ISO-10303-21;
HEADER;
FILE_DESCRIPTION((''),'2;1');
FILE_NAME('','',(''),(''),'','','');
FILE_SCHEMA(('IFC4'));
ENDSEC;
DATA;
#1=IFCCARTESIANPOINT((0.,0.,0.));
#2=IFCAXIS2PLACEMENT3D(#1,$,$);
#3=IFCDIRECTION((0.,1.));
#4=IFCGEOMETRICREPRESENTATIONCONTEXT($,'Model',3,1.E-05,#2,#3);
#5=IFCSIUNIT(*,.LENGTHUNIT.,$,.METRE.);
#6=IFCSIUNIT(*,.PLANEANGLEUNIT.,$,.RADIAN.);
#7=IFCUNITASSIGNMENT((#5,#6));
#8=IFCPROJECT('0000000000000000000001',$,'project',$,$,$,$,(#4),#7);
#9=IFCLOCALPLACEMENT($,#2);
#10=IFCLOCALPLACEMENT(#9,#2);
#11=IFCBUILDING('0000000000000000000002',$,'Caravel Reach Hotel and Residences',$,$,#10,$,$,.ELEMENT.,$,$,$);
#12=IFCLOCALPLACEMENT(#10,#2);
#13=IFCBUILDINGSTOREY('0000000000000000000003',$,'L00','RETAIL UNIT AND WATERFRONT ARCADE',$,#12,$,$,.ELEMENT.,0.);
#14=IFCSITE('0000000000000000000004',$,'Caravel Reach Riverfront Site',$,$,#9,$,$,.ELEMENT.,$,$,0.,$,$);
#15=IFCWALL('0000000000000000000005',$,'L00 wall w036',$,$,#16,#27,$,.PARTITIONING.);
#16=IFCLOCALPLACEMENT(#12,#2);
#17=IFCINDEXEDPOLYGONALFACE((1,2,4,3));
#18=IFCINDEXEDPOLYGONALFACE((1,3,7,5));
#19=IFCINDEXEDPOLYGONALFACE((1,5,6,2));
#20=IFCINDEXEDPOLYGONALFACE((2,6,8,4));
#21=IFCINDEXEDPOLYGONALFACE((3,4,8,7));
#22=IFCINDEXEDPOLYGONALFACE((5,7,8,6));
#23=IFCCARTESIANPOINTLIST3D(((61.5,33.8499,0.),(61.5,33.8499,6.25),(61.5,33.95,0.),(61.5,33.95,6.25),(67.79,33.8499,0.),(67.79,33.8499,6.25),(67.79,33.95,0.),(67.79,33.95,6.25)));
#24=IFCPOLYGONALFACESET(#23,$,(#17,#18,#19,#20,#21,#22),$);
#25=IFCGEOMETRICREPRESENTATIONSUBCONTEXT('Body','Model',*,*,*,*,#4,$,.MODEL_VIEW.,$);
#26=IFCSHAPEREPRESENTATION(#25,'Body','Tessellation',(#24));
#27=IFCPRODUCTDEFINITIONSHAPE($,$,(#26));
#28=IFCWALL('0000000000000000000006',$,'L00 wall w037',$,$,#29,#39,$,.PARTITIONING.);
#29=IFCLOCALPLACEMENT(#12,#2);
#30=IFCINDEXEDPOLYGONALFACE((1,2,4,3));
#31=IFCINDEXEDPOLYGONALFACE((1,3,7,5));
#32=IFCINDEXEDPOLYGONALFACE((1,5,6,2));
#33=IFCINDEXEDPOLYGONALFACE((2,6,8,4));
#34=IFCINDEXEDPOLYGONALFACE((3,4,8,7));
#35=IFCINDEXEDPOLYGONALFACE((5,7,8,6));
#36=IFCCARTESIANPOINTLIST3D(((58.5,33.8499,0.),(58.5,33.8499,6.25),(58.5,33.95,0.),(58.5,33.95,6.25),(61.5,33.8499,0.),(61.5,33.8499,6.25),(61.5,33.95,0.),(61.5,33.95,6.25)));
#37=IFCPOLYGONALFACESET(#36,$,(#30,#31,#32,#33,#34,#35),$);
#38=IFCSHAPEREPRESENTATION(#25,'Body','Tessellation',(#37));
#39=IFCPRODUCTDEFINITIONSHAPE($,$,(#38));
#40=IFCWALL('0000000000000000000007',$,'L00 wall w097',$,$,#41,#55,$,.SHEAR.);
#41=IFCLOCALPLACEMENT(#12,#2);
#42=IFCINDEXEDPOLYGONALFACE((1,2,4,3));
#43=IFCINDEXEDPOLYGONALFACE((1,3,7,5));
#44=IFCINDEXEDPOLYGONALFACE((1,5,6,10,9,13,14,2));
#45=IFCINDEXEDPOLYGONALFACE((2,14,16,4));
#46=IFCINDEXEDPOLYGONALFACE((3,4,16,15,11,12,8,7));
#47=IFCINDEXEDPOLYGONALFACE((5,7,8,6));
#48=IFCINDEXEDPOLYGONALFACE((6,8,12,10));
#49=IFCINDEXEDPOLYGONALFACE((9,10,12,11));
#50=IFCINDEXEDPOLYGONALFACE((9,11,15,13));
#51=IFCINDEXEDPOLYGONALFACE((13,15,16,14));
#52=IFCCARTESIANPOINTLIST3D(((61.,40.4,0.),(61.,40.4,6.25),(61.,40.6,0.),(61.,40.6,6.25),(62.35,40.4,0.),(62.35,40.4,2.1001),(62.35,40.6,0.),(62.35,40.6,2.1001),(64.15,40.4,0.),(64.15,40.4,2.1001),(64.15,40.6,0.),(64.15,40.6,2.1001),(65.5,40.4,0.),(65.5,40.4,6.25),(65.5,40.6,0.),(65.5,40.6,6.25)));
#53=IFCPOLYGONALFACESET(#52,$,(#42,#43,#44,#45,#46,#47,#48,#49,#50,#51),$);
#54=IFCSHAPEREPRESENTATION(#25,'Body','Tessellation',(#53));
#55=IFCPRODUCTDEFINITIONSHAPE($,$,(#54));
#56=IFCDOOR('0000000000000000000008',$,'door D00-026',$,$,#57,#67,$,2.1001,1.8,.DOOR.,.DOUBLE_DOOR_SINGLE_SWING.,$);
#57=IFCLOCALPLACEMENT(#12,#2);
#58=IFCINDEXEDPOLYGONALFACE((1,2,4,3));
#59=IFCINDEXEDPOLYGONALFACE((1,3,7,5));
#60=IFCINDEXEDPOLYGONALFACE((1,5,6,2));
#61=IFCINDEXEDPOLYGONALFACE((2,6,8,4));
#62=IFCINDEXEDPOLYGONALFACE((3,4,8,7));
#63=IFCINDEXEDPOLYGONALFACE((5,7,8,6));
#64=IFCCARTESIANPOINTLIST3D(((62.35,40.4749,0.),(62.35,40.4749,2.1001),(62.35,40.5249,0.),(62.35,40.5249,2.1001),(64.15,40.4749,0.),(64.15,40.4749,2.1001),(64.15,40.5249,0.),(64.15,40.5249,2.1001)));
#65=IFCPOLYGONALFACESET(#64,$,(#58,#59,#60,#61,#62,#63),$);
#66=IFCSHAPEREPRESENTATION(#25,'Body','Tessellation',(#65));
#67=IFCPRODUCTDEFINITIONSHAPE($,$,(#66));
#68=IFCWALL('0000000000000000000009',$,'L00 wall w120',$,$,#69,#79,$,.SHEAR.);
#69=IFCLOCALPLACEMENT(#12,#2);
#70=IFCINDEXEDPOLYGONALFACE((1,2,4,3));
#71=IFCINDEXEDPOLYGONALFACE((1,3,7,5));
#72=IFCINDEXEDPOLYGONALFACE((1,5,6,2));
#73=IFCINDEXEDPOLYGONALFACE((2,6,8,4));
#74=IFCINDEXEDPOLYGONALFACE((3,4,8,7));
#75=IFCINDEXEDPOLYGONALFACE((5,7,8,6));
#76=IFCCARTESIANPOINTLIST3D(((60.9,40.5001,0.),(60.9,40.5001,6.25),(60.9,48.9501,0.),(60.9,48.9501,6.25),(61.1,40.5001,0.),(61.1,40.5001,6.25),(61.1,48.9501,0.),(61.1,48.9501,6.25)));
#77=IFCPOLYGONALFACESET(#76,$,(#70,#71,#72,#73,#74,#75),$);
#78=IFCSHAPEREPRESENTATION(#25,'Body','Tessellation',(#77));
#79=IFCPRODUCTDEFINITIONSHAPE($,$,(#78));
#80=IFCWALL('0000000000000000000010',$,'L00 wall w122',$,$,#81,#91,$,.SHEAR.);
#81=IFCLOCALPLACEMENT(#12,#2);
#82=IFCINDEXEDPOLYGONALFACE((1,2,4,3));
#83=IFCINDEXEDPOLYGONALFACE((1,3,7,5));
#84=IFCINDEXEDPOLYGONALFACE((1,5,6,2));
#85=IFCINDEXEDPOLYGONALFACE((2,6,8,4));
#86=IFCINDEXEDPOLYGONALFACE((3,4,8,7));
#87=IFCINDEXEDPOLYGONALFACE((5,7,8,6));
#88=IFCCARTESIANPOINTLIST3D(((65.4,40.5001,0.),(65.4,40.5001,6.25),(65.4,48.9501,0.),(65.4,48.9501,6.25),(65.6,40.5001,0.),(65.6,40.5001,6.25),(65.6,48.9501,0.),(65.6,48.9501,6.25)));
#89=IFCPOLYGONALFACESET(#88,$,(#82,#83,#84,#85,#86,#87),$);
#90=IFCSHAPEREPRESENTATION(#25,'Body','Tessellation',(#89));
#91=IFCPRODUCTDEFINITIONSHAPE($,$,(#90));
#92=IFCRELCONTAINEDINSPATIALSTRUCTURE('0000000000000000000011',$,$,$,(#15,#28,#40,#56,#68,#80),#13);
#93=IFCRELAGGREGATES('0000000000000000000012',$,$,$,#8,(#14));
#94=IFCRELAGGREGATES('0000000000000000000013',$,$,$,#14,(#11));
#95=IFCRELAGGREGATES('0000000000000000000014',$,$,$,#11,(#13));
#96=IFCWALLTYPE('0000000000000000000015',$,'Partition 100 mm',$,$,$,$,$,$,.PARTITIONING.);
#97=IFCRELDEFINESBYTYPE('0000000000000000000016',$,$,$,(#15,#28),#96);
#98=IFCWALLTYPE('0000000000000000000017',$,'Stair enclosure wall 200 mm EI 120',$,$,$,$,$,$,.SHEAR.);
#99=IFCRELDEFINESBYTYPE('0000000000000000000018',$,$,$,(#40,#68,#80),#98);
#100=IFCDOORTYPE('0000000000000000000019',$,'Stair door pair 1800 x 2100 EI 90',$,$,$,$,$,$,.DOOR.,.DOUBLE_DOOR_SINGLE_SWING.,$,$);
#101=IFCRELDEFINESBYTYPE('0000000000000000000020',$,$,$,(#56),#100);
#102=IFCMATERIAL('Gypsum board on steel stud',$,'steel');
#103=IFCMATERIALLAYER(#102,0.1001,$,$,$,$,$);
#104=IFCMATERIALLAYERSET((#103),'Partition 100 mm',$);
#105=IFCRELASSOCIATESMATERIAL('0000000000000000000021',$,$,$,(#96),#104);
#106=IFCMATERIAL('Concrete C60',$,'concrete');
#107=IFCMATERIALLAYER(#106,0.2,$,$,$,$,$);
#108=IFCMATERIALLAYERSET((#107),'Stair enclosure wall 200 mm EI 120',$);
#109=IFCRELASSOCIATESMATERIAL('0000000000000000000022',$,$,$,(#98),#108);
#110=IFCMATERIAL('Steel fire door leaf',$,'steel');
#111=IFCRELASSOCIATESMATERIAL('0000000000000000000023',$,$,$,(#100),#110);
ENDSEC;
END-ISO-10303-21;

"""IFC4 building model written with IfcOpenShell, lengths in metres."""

from ifc_helpers import new_model, si_unit, direction, frame, frame_2d, origin, place, context, subcontext, project, spatial, rectangle, extrude, material, layer, layer_set, type_object, element, fill, save


model = new_model("IFC4")

# Units and contexts
model_context = context("Model", 3, precision=1e-05, world=origin(), true_north=direction((0.0, 1.0)))
body_context = subcontext(model_context, "Body", "Model", "MODEL_VIEW")
ifc_project = project(units=[si_unit("LENGTHUNIT", "METRE"), si_unit("PLANEANGLEUNIT", "RADIAN")], contexts=[model_context])

# Site, building, storey
site_placement = place(None, origin())
site = spatial("IfcSite", under=ifc_project, at=site_placement, Name="Caravel Reach Riverfront Site", CompositionType="ELEMENT", RefElevation=0.0)
building_placement = place(site_placement, origin())
building = spatial("IfcBuilding", under=site, at=building_placement, Name="Caravel Reach Hotel and Residences", CompositionType="ELEMENT")
storey_placement = place(building_placement, origin())
storey = spatial("IfcBuildingStorey", under=building, at=storey_placement, Name="L00", Description="RETAIL UNIT AND WATERFRONT ARCADE", CompositionType="ELEMENT", Elevation=0.0)

# Walls
ifc_material_1 = material(Name="Gypsum board on steel stud", Category="steel")
ifc_layer_1 = layer(ifc_material_1, 0.1001)
ifc_layer_set_1 = layer_set([ifc_layer_1], Name="Partition 100 mm")
wall_type_1 = type_object("IfcWallType", Name="Partition 100 mm", PredefinedType="PARTITIONING", material=ifc_layer_set_1)
wall_1_placement = place(storey_placement, frame((61.5, 33.8999, 0.0), z_axis=(0.0, 0.0, 1.0), x_axis=(1.0, 0.0, 0.0)))
element("IfcWall", 1, at=wall_1_placement, inside=storey, type_object=wall_type_1, Name="L00 wall w036", PredefinedType="PARTITIONING", context=body_context, shape_type="SweptSolid", body=[
    extrude(rectangle(XDim=6.29, YDim=0.1001, at=frame_2d((3.145, 0.0))), origin(), (0.0, 0.0, 1.0), 6.25),
])
wall_2_placement = place(storey_placement, frame((58.5, 33.8999, 0.0), z_axis=(0.0, 0.0, 1.0), x_axis=(1.0, 0.0, 0.0)))
element("IfcWall", 2, at=wall_2_placement, inside=storey, type_object=wall_type_1, Name="L00 wall w037", PredefinedType="PARTITIONING", context=body_context, shape_type="SweptSolid", body=[
    extrude(rectangle(XDim=3.0, YDim=0.1001, at=frame_2d((1.5, 0.0))), origin(), (0.0, 0.0, 1.0), 6.25),
])

# Wall, opening, door
ifc_material_2 = material(Name="Concrete C60", Category="concrete")
ifc_layer_2 = layer(ifc_material_2, 0.2)
ifc_layer_set_2 = layer_set([ifc_layer_2], Name="Stair enclosure wall 200 mm EI 120")
wall_type_2 = type_object("IfcWallType", Name="Stair enclosure wall 200 mm EI 120", PredefinedType="SHEAR", material=ifc_layer_set_2)
wall_3_placement = place(storey_placement, frame((61.0, 40.5, 0.0), z_axis=(0.0, 0.0, 1.0), x_axis=(1.0, 0.0, 0.0)))
wall_3 = element("IfcWall", 3, at=wall_3_placement, inside=storey, type_object=wall_type_2, Name="L00 wall w097", PredefinedType="SHEAR", context=body_context, shape_type="SweptSolid", body=[
    extrude(rectangle(XDim=4.5, YDim=0.2, at=frame_2d((2.25, 0.0))), origin(), (0.0, 0.0, 1.0), 6.25),
])
opening_1_placement = place(wall_3_placement, frame((1.3501, 0.0, 0.0)))
opening_1 = element("IfcOpeningElement", 4, at=opening_1_placement, cuts=wall_3, PredefinedType="OPENING", context=body_context, shape_type="SweptSolid", body=[
    extrude(rectangle(XDim=1.8, YDim=2.1001, at=frame_2d((0.8999, 1.05))), frame((0.0, 0.1099, 0.0), z_axis=(0.0, -1.0, 0.0), x_axis=(1.0, 0.0, 0.0)), (0.0, 0.0, 1.0), 0.22),
])
ifc_material_3 = material(Name="Steel fire door leaf", Category="steel")
door_type_1 = type_object("IfcDoorType", Name="Stair door pair 1800 x 2100 EI 90", OperationType="DOUBLE_DOOR_SINGLE_SWING", PredefinedType="DOOR", material=ifc_material_3)
door_1_placement = place(opening_1_placement, origin())
door_1 = element("IfcDoor", 5, at=door_1_placement, inside=storey, type_object=door_type_1, Name="door D00-026", OperationType="DOUBLE_DOOR_SINGLE_SWING", OverallHeight=2.1001, OverallWidth=1.8, PredefinedType="DOOR", context=body_context, shape_type="SweptSolid", body=[
    extrude(rectangle(XDim=1.8, YDim=2.1001, at=frame_2d((0.8999, 1.05))), frame((0.0, 0.0249, 0.0), z_axis=(0.0, -1.0, 0.0), x_axis=(1.0, 0.0, 0.0)), (0.0, 0.0, 1.0), 0.05),
])
fill(opening_1, door_1)

# Walls
for number, where, z_axis, x_axis, name in (
    (6, (61.0, 40.5, 0.0), (0.0, 0.0, 1.0), (0.0, 1.0, 0.0), "L00 wall w120"),
    (7, (65.5, 40.5, 0.0), (0.0, 0.0, 1.0), (0.0, 1.0, 0.0), "L00 wall w122"),
):
    element("IfcWall", number, at=place(storey_placement, frame(where, z_axis=z_axis, x_axis=x_axis)), inside=storey, type_object=wall_type_2, Name=name, PredefinedType="SHEAR", context=body_context, shape_type="SweptSolid", body=[
        extrude(rectangle(XDim=8.45, YDim=0.2, at=frame_2d((4.2251, 0.0))), origin(), (0.0, 0.0, 1.0), 6.25),
    ])

save(model, "model.ifc")
